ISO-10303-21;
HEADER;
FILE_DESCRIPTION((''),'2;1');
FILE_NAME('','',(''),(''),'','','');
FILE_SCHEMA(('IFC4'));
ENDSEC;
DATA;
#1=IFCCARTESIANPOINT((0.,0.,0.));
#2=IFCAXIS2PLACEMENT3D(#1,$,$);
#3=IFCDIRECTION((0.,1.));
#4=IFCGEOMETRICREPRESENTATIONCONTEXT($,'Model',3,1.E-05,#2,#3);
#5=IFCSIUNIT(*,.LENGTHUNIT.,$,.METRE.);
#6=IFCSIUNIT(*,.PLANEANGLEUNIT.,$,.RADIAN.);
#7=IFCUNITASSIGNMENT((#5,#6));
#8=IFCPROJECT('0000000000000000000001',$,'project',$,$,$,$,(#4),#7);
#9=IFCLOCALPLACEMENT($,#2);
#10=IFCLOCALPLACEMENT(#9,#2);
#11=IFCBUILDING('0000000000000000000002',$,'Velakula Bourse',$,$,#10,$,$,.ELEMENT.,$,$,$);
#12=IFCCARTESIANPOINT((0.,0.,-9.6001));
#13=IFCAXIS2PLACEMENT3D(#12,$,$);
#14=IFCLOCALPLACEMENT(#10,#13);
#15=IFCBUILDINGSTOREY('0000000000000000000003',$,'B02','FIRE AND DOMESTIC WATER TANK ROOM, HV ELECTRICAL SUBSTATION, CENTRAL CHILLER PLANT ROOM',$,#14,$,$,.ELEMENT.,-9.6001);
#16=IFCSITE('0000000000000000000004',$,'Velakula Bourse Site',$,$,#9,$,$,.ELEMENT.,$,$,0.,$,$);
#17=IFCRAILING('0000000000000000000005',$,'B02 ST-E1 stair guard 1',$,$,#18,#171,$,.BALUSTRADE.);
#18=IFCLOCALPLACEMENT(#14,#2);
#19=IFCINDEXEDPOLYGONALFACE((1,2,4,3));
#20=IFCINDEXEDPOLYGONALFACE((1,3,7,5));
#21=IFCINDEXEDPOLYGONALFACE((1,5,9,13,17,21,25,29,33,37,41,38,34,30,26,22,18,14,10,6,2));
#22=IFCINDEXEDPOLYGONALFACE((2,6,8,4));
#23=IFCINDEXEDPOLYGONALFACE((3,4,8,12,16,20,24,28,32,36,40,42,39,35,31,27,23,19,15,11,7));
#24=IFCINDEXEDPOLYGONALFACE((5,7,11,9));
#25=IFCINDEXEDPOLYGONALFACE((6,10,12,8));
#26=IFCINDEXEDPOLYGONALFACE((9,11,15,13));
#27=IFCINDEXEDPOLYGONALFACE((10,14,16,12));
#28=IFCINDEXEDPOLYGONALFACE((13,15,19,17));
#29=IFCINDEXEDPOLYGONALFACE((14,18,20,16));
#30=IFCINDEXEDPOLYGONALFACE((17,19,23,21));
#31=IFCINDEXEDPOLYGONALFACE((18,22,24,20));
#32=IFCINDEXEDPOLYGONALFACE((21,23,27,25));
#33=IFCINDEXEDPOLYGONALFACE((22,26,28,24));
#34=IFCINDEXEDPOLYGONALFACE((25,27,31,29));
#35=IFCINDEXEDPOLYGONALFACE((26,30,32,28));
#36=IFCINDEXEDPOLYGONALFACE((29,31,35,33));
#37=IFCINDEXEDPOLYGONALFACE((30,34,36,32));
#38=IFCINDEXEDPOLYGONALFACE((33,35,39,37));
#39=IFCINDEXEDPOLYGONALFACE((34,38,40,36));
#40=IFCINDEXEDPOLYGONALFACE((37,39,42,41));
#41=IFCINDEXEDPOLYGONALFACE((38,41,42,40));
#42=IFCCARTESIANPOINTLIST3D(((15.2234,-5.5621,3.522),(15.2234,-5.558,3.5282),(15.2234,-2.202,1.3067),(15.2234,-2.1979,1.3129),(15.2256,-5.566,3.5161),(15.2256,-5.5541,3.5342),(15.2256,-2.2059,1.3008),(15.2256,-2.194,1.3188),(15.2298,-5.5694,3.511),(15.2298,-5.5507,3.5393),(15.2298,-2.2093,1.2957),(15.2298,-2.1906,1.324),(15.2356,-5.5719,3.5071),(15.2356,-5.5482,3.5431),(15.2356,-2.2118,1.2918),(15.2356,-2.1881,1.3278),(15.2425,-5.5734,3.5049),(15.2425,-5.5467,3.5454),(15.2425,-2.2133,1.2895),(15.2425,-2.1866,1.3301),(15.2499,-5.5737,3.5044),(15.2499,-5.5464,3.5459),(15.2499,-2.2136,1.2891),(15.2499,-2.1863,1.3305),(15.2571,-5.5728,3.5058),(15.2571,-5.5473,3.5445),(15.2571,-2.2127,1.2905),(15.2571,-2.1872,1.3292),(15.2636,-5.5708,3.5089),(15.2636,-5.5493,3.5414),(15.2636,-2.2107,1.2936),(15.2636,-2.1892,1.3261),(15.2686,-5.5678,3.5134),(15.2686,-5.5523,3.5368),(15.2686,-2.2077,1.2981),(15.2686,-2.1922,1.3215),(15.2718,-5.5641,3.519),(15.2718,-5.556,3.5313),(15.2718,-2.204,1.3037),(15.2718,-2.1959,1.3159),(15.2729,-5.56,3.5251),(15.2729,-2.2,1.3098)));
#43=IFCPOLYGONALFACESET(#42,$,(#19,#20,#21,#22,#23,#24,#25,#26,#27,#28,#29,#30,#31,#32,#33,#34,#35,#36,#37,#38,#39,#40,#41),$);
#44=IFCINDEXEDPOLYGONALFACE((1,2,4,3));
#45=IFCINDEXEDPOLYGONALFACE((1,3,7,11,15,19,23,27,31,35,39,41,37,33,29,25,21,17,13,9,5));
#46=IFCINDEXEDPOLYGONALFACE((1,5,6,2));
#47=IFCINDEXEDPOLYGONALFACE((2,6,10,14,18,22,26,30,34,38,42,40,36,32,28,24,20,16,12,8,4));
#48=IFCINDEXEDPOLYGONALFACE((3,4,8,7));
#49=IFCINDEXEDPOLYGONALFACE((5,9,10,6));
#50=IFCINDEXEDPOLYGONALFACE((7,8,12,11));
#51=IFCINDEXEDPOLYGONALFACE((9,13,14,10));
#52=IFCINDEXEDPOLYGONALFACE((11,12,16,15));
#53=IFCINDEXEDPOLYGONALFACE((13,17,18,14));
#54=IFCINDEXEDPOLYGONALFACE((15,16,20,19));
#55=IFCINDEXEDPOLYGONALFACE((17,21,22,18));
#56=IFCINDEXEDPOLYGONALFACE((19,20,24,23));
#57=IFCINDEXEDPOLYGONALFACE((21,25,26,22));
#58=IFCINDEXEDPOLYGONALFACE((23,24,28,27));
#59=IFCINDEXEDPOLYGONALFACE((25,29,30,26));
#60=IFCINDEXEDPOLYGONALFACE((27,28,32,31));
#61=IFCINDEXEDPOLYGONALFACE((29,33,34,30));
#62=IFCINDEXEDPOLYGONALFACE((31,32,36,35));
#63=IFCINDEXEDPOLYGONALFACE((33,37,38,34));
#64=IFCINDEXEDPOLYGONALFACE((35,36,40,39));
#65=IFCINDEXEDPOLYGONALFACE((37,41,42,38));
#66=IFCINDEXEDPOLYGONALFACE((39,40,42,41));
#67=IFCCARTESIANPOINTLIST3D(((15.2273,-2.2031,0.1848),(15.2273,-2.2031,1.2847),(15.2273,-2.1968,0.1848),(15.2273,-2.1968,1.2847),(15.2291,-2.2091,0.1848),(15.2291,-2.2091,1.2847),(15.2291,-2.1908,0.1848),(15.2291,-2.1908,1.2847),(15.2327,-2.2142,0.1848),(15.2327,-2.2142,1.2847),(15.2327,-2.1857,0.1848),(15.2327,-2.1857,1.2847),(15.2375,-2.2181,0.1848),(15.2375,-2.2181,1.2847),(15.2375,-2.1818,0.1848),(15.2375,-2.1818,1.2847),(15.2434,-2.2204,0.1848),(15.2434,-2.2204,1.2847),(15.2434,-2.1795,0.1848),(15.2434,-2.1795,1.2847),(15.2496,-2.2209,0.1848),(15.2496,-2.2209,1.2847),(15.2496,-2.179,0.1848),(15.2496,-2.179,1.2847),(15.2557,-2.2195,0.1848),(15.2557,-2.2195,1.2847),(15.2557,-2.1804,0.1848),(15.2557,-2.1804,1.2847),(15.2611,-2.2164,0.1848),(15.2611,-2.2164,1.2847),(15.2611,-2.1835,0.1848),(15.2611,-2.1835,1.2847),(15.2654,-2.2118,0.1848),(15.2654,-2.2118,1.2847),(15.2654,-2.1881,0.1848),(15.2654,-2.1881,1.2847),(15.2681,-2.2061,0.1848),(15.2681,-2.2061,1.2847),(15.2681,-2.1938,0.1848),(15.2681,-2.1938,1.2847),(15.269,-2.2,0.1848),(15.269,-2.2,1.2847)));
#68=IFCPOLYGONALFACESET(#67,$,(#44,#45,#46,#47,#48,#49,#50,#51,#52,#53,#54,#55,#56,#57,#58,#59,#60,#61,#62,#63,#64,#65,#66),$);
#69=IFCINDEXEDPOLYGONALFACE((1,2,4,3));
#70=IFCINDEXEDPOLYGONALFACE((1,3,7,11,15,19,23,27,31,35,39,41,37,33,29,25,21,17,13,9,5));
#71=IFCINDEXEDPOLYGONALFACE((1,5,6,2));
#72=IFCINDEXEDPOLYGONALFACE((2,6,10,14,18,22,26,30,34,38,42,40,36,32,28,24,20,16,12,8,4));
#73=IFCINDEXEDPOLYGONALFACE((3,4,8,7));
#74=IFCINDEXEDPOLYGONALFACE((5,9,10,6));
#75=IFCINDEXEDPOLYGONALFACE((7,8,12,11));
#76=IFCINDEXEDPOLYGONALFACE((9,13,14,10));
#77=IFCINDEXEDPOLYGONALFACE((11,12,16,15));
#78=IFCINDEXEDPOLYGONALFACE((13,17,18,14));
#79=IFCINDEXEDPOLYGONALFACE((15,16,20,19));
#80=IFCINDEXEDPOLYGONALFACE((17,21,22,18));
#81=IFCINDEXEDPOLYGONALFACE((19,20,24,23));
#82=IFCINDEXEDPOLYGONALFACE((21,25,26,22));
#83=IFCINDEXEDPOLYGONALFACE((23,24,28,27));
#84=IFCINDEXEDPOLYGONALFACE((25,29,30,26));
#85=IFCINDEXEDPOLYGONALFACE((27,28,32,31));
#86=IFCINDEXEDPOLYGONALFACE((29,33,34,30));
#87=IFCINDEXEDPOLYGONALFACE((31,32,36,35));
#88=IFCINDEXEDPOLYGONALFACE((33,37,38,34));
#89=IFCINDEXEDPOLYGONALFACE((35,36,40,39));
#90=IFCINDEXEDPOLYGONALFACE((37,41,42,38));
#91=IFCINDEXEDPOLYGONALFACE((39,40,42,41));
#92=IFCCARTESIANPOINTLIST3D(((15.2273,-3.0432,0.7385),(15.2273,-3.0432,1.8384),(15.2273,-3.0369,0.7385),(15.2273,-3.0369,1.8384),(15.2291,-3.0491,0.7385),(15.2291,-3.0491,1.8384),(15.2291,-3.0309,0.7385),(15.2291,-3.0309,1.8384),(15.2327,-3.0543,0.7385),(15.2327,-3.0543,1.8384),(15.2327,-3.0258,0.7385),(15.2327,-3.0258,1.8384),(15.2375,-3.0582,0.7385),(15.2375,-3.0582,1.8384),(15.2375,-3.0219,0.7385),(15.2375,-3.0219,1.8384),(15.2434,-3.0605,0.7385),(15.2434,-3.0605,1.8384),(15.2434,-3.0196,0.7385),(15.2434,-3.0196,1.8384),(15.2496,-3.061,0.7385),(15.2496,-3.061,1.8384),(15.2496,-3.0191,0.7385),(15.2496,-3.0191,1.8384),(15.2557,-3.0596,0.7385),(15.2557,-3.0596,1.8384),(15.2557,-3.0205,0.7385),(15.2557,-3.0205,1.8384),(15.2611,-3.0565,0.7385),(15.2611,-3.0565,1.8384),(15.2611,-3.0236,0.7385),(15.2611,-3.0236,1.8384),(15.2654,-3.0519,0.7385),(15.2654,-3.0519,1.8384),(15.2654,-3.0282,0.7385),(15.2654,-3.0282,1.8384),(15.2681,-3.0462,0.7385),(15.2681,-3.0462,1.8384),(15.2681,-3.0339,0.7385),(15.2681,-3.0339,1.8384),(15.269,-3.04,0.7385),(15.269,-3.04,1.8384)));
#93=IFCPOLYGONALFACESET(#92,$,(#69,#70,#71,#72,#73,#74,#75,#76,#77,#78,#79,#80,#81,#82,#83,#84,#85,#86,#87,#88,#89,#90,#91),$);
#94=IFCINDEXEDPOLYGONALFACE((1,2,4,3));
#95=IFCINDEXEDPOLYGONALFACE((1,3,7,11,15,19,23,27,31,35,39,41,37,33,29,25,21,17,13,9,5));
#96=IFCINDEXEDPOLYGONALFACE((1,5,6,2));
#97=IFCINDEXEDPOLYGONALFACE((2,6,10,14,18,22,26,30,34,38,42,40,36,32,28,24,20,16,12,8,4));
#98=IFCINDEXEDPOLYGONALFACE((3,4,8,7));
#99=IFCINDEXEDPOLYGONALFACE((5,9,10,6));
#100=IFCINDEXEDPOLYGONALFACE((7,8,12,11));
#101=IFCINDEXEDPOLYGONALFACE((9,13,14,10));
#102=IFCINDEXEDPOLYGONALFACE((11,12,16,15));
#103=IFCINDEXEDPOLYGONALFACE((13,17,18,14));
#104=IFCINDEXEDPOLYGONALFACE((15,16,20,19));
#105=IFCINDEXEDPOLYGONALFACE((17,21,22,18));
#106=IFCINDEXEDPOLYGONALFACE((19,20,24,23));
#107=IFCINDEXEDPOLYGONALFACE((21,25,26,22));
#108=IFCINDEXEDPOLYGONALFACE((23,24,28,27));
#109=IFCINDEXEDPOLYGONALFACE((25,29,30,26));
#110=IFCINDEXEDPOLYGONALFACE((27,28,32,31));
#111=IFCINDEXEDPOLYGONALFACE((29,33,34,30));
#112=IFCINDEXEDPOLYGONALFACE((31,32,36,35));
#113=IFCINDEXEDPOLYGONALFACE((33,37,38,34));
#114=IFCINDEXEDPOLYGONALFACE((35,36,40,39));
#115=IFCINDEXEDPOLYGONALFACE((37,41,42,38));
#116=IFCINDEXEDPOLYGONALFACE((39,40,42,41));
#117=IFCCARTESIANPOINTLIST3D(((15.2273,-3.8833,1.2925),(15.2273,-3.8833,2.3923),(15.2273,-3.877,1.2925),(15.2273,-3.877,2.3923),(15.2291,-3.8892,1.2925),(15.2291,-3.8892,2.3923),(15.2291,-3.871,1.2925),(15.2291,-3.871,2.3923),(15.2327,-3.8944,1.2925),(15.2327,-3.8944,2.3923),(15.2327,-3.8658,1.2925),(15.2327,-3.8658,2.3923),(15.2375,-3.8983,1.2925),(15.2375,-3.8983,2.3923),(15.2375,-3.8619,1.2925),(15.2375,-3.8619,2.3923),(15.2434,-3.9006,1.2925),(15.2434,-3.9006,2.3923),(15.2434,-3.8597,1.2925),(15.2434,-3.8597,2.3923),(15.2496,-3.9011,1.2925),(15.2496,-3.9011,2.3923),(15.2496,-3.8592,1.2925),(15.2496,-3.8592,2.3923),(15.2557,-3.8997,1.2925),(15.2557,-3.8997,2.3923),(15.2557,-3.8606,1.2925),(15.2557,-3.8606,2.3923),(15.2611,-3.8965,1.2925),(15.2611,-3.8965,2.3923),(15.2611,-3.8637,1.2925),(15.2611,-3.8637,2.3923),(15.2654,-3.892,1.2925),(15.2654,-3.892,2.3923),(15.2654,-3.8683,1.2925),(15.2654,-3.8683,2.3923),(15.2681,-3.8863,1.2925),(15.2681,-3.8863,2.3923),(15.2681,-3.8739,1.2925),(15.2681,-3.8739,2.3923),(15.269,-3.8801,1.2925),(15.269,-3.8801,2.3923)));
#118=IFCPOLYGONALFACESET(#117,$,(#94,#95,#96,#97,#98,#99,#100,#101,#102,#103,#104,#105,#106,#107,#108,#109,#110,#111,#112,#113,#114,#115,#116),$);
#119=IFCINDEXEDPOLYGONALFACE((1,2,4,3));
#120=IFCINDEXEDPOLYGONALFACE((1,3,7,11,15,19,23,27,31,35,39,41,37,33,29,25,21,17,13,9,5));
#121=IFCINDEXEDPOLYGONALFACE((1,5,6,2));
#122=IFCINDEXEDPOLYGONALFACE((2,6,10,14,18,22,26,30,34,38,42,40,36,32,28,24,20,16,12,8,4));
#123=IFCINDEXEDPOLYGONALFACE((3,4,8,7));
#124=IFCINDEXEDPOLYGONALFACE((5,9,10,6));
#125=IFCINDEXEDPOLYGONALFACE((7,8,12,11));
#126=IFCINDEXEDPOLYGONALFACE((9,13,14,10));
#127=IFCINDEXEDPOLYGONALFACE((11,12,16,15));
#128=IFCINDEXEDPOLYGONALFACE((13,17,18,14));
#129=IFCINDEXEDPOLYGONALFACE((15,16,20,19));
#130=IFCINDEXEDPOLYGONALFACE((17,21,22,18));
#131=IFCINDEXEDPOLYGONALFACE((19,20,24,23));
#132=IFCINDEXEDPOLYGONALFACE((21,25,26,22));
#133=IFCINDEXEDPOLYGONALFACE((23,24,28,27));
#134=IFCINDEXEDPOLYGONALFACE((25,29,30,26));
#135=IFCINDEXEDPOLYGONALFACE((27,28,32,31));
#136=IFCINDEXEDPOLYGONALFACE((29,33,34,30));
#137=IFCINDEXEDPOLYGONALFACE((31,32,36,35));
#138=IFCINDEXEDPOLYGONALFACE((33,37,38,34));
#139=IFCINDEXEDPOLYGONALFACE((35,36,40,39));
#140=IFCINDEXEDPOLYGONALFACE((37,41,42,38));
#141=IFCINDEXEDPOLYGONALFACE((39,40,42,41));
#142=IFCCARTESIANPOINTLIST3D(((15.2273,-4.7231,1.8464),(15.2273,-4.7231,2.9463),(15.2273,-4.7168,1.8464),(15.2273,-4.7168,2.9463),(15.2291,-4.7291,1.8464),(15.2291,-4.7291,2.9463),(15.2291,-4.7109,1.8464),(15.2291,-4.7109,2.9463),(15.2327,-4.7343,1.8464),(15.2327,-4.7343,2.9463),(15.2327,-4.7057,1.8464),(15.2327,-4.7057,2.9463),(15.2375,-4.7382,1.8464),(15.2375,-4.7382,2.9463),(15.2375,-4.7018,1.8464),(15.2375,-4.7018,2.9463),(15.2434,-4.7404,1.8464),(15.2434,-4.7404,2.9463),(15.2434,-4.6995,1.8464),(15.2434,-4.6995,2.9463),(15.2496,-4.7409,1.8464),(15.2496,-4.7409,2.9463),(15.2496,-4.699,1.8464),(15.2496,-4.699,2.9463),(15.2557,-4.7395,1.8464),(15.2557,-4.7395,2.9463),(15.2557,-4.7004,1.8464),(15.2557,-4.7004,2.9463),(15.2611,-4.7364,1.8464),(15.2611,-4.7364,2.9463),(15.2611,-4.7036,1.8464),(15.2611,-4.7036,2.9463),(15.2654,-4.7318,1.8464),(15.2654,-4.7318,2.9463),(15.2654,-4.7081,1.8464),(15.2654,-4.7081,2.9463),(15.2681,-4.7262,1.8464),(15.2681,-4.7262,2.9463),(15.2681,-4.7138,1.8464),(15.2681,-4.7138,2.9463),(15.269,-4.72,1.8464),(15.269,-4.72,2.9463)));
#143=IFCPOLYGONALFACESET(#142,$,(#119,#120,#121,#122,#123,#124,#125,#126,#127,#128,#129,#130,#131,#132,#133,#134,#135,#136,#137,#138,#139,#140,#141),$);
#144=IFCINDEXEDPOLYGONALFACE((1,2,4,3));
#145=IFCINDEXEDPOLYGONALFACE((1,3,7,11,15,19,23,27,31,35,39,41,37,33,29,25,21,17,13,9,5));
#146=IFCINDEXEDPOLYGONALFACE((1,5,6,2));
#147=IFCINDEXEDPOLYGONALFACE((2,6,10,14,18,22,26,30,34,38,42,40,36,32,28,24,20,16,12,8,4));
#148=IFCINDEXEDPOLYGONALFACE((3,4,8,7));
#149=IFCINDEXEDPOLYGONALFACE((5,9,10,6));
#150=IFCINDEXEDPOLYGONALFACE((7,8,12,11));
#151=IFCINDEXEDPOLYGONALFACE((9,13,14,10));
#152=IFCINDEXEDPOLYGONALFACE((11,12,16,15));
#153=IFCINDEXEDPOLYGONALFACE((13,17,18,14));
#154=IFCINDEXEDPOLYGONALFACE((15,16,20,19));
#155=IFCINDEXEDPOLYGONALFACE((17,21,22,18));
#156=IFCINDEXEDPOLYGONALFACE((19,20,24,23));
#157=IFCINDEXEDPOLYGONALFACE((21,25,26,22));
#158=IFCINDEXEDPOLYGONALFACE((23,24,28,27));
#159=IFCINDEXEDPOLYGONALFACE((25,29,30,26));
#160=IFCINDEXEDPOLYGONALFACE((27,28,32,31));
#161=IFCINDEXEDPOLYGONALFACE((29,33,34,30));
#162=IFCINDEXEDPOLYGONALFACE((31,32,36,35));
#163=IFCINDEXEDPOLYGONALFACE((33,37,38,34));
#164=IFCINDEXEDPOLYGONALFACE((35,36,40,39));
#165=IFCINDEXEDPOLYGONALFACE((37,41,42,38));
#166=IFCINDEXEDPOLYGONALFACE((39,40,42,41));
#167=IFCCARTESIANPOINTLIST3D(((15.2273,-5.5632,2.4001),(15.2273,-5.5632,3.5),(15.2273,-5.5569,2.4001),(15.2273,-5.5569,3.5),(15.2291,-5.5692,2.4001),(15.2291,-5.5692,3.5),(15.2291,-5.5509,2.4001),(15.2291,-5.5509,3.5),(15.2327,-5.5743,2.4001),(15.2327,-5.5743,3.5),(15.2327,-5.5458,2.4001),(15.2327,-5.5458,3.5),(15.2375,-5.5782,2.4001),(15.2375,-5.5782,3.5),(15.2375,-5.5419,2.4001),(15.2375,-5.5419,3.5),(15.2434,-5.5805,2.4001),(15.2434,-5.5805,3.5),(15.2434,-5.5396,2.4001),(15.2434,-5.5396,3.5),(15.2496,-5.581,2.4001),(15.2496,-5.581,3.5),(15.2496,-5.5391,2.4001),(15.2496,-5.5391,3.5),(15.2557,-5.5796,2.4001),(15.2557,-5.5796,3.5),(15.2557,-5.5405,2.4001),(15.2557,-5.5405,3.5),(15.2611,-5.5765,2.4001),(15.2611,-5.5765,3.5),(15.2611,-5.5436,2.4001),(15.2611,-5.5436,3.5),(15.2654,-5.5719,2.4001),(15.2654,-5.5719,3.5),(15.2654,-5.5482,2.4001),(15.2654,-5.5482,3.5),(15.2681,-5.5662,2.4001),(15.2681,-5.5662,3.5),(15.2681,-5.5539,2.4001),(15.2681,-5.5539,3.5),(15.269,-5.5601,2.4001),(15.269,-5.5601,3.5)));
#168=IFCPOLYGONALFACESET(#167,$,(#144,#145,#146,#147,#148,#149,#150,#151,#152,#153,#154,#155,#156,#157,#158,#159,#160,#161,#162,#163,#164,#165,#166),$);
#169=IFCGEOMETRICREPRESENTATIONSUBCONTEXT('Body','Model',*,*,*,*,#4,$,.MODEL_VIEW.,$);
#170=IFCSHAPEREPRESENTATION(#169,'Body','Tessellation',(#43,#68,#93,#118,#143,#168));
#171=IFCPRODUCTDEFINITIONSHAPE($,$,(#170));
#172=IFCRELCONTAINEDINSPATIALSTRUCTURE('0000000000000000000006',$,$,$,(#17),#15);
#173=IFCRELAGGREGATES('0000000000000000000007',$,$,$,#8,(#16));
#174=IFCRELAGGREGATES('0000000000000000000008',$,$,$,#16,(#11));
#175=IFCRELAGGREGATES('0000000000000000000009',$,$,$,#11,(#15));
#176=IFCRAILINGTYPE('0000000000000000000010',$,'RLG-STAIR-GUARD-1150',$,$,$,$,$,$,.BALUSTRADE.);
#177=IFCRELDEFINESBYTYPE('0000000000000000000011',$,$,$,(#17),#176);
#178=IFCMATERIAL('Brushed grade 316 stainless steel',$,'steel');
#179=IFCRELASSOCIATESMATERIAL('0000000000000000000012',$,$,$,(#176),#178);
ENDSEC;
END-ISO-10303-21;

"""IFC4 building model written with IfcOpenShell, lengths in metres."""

from ifc_helpers import new_model, si_unit, direction, frame, origin, origin_2d, place, context, subcontext, project, spatial, circle, extrude, material, type_object, element, save


model = new_model("IFC4")

# Units and contexts
model_context = context("Model", 3, precision=1e-05, world=origin(), true_north=direction((0.0, 1.0)))
body_context = subcontext(model_context, "Body", "Model", "MODEL_VIEW")
ifc_project = project(units=[si_unit("LENGTHUNIT", "METRE"), si_unit("PLANEANGLEUNIT", "RADIAN")], contexts=[model_context])

# Site, building, storey
site_placement = place(None, origin())
site = spatial("IfcSite", under=ifc_project, at=site_placement, Name="Velakula Bourse Site", CompositionType="ELEMENT", RefElevation=0.0)
building_placement = place(site_placement, origin())
building = spatial("IfcBuilding", under=site, at=building_placement, Name="Velakula Bourse", CompositionType="ELEMENT")
storey_placement = place(building_placement, frame((0.0, 0.0, -9.6001)))
storey = spatial("IfcBuildingStorey", under=building, at=storey_placement, Name="B02", Description="FIRE AND DOMESTIC WATER TANK ROOM, HV ELECTRICAL SUBSTATION, CENTRAL CHILLER PLANT ROOM", CompositionType="ELEMENT", Elevation=-9.6001)

# Shared definitions
ifc_material_1 = material(Name="Brushed grade 316 stainless steel", Category="steel")

# Railing
railing_type_1 = type_object("IfcRailingType", Name="RLG-STAIR-GUARD-1150", PredefinedType="BALUSTRADE", material=ifc_material_1)
railing_1_placement = place(storey_placement, frame((15.248, -2.2, 0.1848)))
element("IfcRailing", 1, at=railing_1_placement, inside=storey, type_object=railing_type_1, Name="B02 ST-E1 stair guard 1", PredefinedType="BALUSTRADE", context=body_context, shape_type="SweptSolid", body=[
    extrude(circle(Radius=0.0249, at=origin_2d()), frame((0.0, 0.0, 1.125), z_axis=(0.0, -0.834876, 0.550437), x_axis=(1.0, 0.0, 0.0)), (0.0, 0.0, 1.0), 4.0247),
    extrude(circle(Radius=0.021, at=origin_2d()), origin(), (0.0, 0.0, 1.0), 1.0999),
    extrude(circle(Radius=0.021, at=origin_2d()), frame((0.0, -0.8401, 0.5537)), (0.0, 0.0, 1.0), 1.0999),
    extrude(circle(Radius=0.021, at=origin_2d()), frame((0.0, -1.6802, 1.1077)), (0.0, 0.0, 1.0), 1.0999),
    extrude(circle(Radius=0.021, at=origin_2d()), frame((0.0, -2.52, 1.6616)), (0.0, 0.0, 1.0), 1.0999),
    extrude(circle(Radius=0.021, at=origin_2d()), frame((0.0, -3.3601, 2.2153)), (0.0, 0.0, 1.0), 1.0999),
])

save(model, "model.ifc")
